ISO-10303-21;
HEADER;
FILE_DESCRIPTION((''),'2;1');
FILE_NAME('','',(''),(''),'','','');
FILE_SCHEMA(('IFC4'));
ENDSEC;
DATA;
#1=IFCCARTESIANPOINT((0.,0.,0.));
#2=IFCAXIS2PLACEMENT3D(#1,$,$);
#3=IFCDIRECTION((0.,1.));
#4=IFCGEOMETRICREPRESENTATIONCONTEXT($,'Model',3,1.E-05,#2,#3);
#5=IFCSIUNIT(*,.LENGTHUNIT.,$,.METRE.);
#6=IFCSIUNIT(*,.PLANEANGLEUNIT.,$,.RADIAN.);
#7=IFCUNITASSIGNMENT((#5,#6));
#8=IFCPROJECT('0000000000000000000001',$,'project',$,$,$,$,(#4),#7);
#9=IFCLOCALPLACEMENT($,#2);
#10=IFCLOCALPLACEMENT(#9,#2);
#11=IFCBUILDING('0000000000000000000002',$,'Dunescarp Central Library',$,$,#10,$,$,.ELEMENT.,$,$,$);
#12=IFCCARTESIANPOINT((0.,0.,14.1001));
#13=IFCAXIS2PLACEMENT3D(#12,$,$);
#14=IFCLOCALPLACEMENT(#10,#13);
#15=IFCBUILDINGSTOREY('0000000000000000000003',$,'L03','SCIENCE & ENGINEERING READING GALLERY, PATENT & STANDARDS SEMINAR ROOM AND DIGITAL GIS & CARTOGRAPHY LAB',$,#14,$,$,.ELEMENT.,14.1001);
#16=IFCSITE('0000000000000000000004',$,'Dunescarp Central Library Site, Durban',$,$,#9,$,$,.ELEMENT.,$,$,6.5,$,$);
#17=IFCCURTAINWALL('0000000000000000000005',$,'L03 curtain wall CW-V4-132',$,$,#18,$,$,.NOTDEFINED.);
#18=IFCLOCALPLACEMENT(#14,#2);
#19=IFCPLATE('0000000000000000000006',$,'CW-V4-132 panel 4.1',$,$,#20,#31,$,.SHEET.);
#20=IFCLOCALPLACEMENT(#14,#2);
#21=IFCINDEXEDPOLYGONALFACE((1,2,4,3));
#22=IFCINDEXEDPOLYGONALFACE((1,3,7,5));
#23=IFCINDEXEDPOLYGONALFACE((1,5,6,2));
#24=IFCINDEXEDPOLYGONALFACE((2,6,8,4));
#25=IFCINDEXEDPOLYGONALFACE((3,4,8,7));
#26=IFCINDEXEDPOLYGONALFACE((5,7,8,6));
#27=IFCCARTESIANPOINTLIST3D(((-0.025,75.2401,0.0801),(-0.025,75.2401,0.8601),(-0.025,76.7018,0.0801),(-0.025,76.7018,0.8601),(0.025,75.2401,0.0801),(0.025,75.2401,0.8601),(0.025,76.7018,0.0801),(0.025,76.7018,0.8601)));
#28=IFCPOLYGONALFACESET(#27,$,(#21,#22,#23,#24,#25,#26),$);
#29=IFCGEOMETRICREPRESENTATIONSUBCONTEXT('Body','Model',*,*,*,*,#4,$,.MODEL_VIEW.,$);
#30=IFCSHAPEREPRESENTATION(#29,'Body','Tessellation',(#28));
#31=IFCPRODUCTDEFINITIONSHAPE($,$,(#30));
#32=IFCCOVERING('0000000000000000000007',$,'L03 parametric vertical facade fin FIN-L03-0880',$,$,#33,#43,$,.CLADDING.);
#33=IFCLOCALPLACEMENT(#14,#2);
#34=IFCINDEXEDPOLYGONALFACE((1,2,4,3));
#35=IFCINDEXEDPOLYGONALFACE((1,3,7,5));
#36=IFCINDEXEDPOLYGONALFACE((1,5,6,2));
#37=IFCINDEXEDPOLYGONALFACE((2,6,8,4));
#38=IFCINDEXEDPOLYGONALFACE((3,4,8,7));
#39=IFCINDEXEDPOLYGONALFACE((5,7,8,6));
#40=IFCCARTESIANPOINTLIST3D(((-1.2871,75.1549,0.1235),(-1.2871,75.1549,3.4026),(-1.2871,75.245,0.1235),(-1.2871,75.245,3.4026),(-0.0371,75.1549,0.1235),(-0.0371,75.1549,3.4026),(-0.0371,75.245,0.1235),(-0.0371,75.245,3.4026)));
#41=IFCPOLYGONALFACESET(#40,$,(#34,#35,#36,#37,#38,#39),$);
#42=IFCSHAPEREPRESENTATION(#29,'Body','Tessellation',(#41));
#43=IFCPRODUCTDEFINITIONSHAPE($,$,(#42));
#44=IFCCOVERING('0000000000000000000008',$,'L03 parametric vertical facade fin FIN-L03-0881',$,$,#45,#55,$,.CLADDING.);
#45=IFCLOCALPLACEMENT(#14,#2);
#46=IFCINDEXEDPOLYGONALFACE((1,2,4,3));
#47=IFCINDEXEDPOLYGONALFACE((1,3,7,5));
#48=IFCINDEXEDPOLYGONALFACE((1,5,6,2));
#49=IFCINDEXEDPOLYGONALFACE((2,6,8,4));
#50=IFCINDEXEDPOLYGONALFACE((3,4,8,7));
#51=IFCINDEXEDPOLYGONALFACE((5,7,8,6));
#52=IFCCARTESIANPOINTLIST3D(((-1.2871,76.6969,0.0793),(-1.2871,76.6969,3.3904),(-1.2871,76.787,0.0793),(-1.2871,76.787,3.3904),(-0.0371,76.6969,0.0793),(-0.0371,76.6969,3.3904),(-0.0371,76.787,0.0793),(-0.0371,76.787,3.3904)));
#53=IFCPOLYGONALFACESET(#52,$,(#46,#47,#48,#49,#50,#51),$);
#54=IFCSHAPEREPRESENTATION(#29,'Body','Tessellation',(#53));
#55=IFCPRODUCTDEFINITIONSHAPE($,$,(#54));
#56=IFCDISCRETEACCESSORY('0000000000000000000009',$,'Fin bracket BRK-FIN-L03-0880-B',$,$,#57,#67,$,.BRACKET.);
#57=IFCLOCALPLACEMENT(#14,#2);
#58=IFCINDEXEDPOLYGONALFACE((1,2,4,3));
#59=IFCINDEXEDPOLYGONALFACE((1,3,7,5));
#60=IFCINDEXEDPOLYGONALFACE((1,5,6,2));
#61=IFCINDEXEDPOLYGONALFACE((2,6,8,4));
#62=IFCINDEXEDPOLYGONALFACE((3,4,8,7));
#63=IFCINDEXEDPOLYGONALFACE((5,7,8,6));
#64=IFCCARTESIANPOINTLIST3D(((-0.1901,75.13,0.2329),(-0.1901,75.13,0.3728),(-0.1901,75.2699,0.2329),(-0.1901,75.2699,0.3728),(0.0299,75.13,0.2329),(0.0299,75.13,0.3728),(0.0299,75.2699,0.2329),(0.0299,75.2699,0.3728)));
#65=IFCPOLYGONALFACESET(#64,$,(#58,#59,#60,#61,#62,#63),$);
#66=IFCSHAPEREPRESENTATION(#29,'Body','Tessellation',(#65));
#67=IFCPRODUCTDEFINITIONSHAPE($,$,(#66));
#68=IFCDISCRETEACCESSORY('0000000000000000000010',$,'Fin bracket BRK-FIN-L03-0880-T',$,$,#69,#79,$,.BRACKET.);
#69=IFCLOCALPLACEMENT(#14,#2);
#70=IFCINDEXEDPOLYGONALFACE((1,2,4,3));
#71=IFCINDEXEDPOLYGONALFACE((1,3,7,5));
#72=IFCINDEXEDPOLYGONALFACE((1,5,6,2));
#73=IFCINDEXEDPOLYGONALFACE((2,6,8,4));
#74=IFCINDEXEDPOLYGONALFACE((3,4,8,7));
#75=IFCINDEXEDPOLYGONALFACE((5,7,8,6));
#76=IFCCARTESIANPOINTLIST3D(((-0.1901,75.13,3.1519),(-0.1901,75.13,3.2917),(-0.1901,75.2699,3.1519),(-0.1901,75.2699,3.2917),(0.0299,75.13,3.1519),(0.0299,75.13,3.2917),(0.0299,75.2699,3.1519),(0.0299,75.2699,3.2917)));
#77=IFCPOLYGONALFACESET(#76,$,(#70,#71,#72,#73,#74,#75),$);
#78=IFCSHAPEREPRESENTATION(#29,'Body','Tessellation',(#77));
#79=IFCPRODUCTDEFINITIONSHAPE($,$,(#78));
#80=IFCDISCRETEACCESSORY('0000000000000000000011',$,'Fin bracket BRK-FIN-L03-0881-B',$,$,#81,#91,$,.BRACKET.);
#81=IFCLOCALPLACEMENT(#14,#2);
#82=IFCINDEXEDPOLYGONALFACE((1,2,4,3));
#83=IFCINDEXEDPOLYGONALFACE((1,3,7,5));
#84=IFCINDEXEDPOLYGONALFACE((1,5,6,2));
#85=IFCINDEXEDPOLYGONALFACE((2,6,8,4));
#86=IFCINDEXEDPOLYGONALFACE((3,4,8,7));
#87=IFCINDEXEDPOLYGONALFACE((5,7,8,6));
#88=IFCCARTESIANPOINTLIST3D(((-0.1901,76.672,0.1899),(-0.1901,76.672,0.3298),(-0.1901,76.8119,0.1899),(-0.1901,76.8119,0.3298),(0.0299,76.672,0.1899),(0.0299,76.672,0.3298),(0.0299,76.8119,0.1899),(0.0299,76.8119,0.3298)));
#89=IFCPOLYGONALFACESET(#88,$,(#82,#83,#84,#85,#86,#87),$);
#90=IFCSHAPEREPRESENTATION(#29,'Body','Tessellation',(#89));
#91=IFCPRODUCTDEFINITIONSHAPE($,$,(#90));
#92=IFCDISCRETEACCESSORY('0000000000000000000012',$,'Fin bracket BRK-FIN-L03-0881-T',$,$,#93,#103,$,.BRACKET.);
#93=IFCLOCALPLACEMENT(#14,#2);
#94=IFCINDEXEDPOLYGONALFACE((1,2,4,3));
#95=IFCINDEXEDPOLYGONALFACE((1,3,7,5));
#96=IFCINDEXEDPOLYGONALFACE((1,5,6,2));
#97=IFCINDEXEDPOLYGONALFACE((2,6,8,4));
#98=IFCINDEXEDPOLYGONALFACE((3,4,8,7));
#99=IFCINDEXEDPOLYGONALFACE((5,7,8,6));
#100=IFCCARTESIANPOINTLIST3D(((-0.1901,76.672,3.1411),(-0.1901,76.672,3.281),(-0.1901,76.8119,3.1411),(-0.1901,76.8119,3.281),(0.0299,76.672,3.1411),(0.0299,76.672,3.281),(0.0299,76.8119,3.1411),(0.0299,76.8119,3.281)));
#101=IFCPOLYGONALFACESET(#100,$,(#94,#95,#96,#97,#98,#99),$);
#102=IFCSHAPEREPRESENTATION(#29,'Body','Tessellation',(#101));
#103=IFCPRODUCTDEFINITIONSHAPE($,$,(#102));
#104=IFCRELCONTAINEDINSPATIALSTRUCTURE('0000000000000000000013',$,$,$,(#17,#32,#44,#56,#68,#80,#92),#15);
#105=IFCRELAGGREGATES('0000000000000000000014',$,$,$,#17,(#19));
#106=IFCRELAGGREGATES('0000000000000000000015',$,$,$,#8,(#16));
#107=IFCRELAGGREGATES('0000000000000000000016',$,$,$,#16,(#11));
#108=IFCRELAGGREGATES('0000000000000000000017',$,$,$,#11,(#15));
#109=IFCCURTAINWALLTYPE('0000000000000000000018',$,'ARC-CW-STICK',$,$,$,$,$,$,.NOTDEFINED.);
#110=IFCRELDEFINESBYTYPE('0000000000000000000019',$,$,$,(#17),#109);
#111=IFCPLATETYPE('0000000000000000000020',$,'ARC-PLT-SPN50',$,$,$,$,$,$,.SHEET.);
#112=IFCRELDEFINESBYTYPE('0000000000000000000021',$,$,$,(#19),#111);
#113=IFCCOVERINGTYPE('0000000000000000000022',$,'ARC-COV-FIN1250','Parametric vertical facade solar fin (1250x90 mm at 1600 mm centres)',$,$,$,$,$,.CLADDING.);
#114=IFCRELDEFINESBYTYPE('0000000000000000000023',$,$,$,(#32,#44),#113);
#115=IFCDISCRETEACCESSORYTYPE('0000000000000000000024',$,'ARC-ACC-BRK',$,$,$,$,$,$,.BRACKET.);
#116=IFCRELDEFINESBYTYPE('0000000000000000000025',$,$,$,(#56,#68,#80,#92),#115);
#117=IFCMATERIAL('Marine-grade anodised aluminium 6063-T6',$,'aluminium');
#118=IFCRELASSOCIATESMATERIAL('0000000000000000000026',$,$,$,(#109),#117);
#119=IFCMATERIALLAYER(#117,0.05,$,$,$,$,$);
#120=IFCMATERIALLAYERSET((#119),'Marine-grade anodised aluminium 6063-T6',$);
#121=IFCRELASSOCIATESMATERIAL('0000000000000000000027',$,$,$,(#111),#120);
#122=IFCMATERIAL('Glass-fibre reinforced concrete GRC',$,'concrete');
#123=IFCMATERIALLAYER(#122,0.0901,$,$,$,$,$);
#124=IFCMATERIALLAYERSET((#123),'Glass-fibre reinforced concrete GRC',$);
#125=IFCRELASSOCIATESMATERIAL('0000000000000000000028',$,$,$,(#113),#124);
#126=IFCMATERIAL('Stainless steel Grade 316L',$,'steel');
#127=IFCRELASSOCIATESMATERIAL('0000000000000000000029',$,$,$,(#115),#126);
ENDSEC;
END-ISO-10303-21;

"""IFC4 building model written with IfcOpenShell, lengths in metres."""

from ifc_helpers import new_model, si_unit, direction, frame, origin, origin_2d, place, context, subcontext, project, spatial, rectangle, extrude, material, layer, layer_set, type_object, element, aggregate, save


model = new_model("IFC4")

# Units and contexts
model_context = context("Model", 3, precision=1e-05, world=origin(), true_north=direction((0.0, 1.0)))
body_context = subcontext(model_context, "Body", "Model", "MODEL_VIEW")
ifc_project = project(units=[si_unit("LENGTHUNIT", "METRE"), si_unit("PLANEANGLEUNIT", "RADIAN")], contexts=[model_context])

# Site, building, storey
site_placement = place(None, origin())
site = spatial("IfcSite", under=ifc_project, at=site_placement, Name="Dunescarp Central Library Site, Durban", CompositionType="ELEMENT", RefElevation=6.5)
building_placement = place(site_placement, origin())
building = spatial("IfcBuilding", under=site, at=building_placement, Name="Dunescarp Central Library", CompositionType="ELEMENT")
storey_placement = place(building_placement, frame((0.0, 0.0, 14.1001)))
storey = spatial("IfcBuildingStorey", under=building, at=storey_placement, Name="L03", Description="SCIENCE & ENGINEERING READING GALLERY, PATENT & STANDARDS SEMINAR ROOM AND DIGITAL GIS & CARTOGRAPHY LAB", CompositionType="ELEMENT", Elevation=14.1001)

# Curtain wall, plate
ifc_material_1 = material(Name="Marine-grade anodised aluminium 6063-T6", Category="aluminium")
curtain_wall_type = type_object("IfcCurtainWallType", Name="ARC-CW-STICK", PredefinedType="NOTDEFINED", material=ifc_material_1)
curtain_wall_placement = place(storey_placement, origin())
curtain_wall = element("IfcCurtainWall", 1, at=curtain_wall_placement, inside=storey, type_object=curtain_wall_type, Name="L03 curtain wall CW-V4-132", PredefinedType="NOTDEFINED")
ifc_layer_1 = layer(ifc_material_1, 0.05)
ifc_layer_set_1 = layer_set([ifc_layer_1], Name="Marine-grade anodised aluminium 6063-T6")
plate_type_1 = type_object("IfcPlateType", Name="ARC-PLT-SPN50", PredefinedType="SHEET", material=ifc_layer_set_1)
plate_1_placement = place(storey_placement, frame((0.0, 75.9709, 0.0801), z_axis=(0.0, 0.0, 1.0), x_axis=(0.0, 1.0, 0.0)))
plate_1 = element("IfcPlate", 2, at=plate_1_placement, type_object=plate_type_1, Name="CW-V4-132 panel 4.1", PredefinedType="SHEET", context=body_context, shape_type="SweptSolid", body=[
    extrude(rectangle(XDim=1.4617, YDim=0.05, at=origin_2d()), origin(), (0.0, 0.0, 1.0), 0.78),
])
aggregate(curtain_wall, [plate_1])

# Coverings
ifc_material_2 = material(Name="Glass-fibre reinforced concrete GRC", Category="concrete")
ifc_layer_2 = layer(ifc_material_2, 0.0901)
ifc_layer_set_2 = layer_set([ifc_layer_2], Name="Glass-fibre reinforced concrete GRC")
covering_type = type_object("IfcCoveringType", Name="ARC-COV-FIN1250", Description="Parametric vertical facade solar fin (1250x90 mm at 1600 mm centres)", PredefinedType="CLADDING", material=ifc_layer_set_2)
covering_1_placement = place(storey_placement, frame((-0.6621, 75.2, 0.1235), z_axis=(0.0, 0.0, 1.0), x_axis=(-1.0, 0.0, 0.0)))
element("IfcCovering", 3, at=covering_1_placement, inside=storey, type_object=covering_type, Name="L03 parametric vertical facade fin FIN-L03-0880", PredefinedType="CLADDING", context=body_context, shape_type="SweptSolid", body=[
    extrude(rectangle(XDim=1.25, YDim=0.0901, at=origin_2d()), origin(), (0.0, 0.0, 1.0), 3.2791),
])
covering_2_placement = place(storey_placement, frame((-0.6621, 76.7419, 0.0793), z_axis=(0.0, 0.0, 1.0), x_axis=(-1.0, 0.0, 0.0)))
element("IfcCovering", 4, at=covering_2_placement, inside=storey, type_object=covering_type, Name="L03 parametric vertical facade fin FIN-L03-0881", PredefinedType="CLADDING", context=body_context, shape_type="SweptSolid", body=[
    extrude(rectangle(XDim=1.25, YDim=0.0901, at=origin_2d()), origin(), (0.0, 0.0, 1.0), 3.311),
])

# Discrete accessories
ifc_material_3 = material(Name="Stainless steel Grade 316L", Category="steel")
discrete_accessory_type = type_object("IfcDiscreteAccessoryType", Name="ARC-ACC-BRK", PredefinedType="BRACKET", material=ifc_material_3)
for number, where, z_axis, x_axis, name in (
    (5, (-0.0801, 75.2, 0.2329), (0.0, 0.0, 1.0), (-1.0, 0.0, 0.0), "Fin bracket BRK-FIN-L03-0880-B"),
    (6, (-0.0801, 75.2, 3.1519), (0.0, 0.0, 1.0), (-1.0, 0.0, 0.0), "Fin bracket BRK-FIN-L03-0880-T"),
    (7, (-0.0801, 76.7419, 0.1899), (0.0, 0.0, 1.0), (-1.0, 0.0, 0.0), "Fin bracket BRK-FIN-L03-0881-B"),
    (8, (-0.0801, 76.7419, 3.1411), (0.0, 0.0, 1.0), (-1.0, 0.0, 0.0), "Fin bracket BRK-FIN-L03-0881-T"),
):
    element("IfcDiscreteAccessory", number, at=place(storey_placement, frame(where, z_axis=z_axis, x_axis=x_axis)), inside=storey, type_object=discrete_accessory_type, Name=name, PredefinedType="BRACKET", context=body_context, shape_type="SweptSolid", body=[
        extrude(rectangle(XDim=0.22, YDim=0.1399, at=origin_2d()), origin(), (0.0, 0.0, 1.0), 0.1399),
    ])

save(model, "model.ifc")
